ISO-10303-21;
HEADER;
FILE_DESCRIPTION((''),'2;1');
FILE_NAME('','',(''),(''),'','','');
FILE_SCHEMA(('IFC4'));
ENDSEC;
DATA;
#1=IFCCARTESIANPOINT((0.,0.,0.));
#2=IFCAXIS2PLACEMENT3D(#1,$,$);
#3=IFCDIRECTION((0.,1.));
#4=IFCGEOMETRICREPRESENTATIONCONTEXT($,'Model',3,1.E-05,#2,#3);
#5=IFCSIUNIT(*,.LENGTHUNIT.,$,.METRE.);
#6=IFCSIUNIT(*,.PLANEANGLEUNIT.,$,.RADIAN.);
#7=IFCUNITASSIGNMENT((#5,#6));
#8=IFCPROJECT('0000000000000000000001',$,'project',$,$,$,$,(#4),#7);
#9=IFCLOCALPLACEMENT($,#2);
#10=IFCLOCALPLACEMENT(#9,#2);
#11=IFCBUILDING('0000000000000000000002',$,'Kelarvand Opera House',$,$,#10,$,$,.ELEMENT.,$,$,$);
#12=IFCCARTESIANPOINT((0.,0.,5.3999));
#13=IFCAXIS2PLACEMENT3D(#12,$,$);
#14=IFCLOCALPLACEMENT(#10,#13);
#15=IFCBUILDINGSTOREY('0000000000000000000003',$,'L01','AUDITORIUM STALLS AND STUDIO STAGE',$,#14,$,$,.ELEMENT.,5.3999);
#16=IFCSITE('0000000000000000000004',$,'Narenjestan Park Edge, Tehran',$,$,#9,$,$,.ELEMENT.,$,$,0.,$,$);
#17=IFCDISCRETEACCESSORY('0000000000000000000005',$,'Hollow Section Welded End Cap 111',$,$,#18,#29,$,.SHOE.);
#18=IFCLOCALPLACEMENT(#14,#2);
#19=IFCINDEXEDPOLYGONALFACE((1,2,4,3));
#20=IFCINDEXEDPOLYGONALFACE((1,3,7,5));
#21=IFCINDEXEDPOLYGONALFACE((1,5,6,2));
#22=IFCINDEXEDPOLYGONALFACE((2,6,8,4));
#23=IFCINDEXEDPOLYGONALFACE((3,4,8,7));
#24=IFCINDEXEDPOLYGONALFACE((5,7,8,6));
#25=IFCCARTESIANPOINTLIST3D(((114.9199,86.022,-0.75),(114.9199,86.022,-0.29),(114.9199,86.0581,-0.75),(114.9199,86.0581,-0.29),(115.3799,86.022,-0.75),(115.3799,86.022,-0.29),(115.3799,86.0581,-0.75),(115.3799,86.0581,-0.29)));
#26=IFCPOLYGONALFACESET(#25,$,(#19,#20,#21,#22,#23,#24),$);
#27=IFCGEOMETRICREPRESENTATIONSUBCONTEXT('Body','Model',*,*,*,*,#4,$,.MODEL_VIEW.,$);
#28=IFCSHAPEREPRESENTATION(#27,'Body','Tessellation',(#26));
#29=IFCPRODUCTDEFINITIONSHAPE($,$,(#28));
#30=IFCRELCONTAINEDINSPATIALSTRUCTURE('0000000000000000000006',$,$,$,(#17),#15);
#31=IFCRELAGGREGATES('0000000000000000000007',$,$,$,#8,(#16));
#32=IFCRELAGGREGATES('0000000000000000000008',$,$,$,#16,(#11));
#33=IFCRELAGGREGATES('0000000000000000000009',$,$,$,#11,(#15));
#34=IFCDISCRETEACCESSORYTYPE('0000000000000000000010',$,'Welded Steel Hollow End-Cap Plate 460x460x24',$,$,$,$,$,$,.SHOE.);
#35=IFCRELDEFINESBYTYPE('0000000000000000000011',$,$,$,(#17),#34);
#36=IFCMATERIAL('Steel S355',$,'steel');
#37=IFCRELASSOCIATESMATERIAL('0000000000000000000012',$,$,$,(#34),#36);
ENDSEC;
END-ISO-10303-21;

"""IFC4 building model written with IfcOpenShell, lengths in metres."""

from ifc_helpers import new_model, si_unit, direction, frame, origin, origin_2d, place, context, subcontext, project, spatial, rectangle, extrude, material, material_profile, profile_set, type_object, element, save


model = new_model("IFC4")

# Units and contexts
model_context = context("Model", 3, precision=1e-05, world=origin(), true_north=direction((0.0, 1.0)))
body_context = subcontext(model_context, "Body", "Model", "MODEL_VIEW")
ifc_project = project(units=[si_unit("LENGTHUNIT", "METRE"), si_unit("PLANEANGLEUNIT", "RADIAN")], contexts=[model_context])

# Site, building, storey
site_placement = place(None, origin())
site = spatial("IfcSite", under=ifc_project, at=site_placement, Name="Narenjestan Park Edge, Tehran", CompositionType="ELEMENT", RefElevation=0.0)
building_placement = place(site_placement, origin())
building = spatial("IfcBuilding", under=site, at=building_placement, Name="Kelarvand Opera House", CompositionType="ELEMENT")
storey_placement = place(building_placement, frame((0.0, 0.0, 5.3999)))
storey = spatial("IfcBuildingStorey", under=building, at=storey_placement, Name="L01", Description="AUDITORIUM STALLS AND STUDIO STAGE", CompositionType="ELEMENT", Elevation=5.3999)

# Shared definitions
ifc_material_1 = material(Name="Steel S355", Category="steel")

# Discrete accessory
ifc_material_profile_1 = material_profile(ifc_material_1, rectangle(XDim=0.46, YDim=0.46, at=origin_2d()), Name="Welded Steel Hollow End-Cap Plate 460x460x24", Category="steel")
ifc_profile_set_1 = profile_set([ifc_material_profile_1], Name="Steel S355")
discrete_accessory_type_1 = type_object("IfcDiscreteAccessoryType", Name="Welded Steel Hollow End-Cap Plate 460x460x24", PredefinedType="SHOE", material=ifc_profile_set_1)
for number, where, z_axis, x_axis, name in (
    (1, (115.1499, 86.0581, -0.52), (0.0, -1.0, 0.0), (1.0, 0.0, 0.0), "Hollow Section Welded End Cap 111"),
):
    element("IfcDiscreteAccessory", number, at=place(storey_placement, frame(where, z_axis=z_axis, x_axis=x_axis)), inside=storey, type_object=discrete_accessory_type_1, Name=name, PredefinedType="SHOE", context=body_context, shape_type="SweptSolid", body=[
        extrude(rectangle(XDim=0.46, YDim=0.46, at=origin_2d()), origin(), (0.0, 0.0, 1.0), 0.0361),
    ])

save(model, "model.ifc")
